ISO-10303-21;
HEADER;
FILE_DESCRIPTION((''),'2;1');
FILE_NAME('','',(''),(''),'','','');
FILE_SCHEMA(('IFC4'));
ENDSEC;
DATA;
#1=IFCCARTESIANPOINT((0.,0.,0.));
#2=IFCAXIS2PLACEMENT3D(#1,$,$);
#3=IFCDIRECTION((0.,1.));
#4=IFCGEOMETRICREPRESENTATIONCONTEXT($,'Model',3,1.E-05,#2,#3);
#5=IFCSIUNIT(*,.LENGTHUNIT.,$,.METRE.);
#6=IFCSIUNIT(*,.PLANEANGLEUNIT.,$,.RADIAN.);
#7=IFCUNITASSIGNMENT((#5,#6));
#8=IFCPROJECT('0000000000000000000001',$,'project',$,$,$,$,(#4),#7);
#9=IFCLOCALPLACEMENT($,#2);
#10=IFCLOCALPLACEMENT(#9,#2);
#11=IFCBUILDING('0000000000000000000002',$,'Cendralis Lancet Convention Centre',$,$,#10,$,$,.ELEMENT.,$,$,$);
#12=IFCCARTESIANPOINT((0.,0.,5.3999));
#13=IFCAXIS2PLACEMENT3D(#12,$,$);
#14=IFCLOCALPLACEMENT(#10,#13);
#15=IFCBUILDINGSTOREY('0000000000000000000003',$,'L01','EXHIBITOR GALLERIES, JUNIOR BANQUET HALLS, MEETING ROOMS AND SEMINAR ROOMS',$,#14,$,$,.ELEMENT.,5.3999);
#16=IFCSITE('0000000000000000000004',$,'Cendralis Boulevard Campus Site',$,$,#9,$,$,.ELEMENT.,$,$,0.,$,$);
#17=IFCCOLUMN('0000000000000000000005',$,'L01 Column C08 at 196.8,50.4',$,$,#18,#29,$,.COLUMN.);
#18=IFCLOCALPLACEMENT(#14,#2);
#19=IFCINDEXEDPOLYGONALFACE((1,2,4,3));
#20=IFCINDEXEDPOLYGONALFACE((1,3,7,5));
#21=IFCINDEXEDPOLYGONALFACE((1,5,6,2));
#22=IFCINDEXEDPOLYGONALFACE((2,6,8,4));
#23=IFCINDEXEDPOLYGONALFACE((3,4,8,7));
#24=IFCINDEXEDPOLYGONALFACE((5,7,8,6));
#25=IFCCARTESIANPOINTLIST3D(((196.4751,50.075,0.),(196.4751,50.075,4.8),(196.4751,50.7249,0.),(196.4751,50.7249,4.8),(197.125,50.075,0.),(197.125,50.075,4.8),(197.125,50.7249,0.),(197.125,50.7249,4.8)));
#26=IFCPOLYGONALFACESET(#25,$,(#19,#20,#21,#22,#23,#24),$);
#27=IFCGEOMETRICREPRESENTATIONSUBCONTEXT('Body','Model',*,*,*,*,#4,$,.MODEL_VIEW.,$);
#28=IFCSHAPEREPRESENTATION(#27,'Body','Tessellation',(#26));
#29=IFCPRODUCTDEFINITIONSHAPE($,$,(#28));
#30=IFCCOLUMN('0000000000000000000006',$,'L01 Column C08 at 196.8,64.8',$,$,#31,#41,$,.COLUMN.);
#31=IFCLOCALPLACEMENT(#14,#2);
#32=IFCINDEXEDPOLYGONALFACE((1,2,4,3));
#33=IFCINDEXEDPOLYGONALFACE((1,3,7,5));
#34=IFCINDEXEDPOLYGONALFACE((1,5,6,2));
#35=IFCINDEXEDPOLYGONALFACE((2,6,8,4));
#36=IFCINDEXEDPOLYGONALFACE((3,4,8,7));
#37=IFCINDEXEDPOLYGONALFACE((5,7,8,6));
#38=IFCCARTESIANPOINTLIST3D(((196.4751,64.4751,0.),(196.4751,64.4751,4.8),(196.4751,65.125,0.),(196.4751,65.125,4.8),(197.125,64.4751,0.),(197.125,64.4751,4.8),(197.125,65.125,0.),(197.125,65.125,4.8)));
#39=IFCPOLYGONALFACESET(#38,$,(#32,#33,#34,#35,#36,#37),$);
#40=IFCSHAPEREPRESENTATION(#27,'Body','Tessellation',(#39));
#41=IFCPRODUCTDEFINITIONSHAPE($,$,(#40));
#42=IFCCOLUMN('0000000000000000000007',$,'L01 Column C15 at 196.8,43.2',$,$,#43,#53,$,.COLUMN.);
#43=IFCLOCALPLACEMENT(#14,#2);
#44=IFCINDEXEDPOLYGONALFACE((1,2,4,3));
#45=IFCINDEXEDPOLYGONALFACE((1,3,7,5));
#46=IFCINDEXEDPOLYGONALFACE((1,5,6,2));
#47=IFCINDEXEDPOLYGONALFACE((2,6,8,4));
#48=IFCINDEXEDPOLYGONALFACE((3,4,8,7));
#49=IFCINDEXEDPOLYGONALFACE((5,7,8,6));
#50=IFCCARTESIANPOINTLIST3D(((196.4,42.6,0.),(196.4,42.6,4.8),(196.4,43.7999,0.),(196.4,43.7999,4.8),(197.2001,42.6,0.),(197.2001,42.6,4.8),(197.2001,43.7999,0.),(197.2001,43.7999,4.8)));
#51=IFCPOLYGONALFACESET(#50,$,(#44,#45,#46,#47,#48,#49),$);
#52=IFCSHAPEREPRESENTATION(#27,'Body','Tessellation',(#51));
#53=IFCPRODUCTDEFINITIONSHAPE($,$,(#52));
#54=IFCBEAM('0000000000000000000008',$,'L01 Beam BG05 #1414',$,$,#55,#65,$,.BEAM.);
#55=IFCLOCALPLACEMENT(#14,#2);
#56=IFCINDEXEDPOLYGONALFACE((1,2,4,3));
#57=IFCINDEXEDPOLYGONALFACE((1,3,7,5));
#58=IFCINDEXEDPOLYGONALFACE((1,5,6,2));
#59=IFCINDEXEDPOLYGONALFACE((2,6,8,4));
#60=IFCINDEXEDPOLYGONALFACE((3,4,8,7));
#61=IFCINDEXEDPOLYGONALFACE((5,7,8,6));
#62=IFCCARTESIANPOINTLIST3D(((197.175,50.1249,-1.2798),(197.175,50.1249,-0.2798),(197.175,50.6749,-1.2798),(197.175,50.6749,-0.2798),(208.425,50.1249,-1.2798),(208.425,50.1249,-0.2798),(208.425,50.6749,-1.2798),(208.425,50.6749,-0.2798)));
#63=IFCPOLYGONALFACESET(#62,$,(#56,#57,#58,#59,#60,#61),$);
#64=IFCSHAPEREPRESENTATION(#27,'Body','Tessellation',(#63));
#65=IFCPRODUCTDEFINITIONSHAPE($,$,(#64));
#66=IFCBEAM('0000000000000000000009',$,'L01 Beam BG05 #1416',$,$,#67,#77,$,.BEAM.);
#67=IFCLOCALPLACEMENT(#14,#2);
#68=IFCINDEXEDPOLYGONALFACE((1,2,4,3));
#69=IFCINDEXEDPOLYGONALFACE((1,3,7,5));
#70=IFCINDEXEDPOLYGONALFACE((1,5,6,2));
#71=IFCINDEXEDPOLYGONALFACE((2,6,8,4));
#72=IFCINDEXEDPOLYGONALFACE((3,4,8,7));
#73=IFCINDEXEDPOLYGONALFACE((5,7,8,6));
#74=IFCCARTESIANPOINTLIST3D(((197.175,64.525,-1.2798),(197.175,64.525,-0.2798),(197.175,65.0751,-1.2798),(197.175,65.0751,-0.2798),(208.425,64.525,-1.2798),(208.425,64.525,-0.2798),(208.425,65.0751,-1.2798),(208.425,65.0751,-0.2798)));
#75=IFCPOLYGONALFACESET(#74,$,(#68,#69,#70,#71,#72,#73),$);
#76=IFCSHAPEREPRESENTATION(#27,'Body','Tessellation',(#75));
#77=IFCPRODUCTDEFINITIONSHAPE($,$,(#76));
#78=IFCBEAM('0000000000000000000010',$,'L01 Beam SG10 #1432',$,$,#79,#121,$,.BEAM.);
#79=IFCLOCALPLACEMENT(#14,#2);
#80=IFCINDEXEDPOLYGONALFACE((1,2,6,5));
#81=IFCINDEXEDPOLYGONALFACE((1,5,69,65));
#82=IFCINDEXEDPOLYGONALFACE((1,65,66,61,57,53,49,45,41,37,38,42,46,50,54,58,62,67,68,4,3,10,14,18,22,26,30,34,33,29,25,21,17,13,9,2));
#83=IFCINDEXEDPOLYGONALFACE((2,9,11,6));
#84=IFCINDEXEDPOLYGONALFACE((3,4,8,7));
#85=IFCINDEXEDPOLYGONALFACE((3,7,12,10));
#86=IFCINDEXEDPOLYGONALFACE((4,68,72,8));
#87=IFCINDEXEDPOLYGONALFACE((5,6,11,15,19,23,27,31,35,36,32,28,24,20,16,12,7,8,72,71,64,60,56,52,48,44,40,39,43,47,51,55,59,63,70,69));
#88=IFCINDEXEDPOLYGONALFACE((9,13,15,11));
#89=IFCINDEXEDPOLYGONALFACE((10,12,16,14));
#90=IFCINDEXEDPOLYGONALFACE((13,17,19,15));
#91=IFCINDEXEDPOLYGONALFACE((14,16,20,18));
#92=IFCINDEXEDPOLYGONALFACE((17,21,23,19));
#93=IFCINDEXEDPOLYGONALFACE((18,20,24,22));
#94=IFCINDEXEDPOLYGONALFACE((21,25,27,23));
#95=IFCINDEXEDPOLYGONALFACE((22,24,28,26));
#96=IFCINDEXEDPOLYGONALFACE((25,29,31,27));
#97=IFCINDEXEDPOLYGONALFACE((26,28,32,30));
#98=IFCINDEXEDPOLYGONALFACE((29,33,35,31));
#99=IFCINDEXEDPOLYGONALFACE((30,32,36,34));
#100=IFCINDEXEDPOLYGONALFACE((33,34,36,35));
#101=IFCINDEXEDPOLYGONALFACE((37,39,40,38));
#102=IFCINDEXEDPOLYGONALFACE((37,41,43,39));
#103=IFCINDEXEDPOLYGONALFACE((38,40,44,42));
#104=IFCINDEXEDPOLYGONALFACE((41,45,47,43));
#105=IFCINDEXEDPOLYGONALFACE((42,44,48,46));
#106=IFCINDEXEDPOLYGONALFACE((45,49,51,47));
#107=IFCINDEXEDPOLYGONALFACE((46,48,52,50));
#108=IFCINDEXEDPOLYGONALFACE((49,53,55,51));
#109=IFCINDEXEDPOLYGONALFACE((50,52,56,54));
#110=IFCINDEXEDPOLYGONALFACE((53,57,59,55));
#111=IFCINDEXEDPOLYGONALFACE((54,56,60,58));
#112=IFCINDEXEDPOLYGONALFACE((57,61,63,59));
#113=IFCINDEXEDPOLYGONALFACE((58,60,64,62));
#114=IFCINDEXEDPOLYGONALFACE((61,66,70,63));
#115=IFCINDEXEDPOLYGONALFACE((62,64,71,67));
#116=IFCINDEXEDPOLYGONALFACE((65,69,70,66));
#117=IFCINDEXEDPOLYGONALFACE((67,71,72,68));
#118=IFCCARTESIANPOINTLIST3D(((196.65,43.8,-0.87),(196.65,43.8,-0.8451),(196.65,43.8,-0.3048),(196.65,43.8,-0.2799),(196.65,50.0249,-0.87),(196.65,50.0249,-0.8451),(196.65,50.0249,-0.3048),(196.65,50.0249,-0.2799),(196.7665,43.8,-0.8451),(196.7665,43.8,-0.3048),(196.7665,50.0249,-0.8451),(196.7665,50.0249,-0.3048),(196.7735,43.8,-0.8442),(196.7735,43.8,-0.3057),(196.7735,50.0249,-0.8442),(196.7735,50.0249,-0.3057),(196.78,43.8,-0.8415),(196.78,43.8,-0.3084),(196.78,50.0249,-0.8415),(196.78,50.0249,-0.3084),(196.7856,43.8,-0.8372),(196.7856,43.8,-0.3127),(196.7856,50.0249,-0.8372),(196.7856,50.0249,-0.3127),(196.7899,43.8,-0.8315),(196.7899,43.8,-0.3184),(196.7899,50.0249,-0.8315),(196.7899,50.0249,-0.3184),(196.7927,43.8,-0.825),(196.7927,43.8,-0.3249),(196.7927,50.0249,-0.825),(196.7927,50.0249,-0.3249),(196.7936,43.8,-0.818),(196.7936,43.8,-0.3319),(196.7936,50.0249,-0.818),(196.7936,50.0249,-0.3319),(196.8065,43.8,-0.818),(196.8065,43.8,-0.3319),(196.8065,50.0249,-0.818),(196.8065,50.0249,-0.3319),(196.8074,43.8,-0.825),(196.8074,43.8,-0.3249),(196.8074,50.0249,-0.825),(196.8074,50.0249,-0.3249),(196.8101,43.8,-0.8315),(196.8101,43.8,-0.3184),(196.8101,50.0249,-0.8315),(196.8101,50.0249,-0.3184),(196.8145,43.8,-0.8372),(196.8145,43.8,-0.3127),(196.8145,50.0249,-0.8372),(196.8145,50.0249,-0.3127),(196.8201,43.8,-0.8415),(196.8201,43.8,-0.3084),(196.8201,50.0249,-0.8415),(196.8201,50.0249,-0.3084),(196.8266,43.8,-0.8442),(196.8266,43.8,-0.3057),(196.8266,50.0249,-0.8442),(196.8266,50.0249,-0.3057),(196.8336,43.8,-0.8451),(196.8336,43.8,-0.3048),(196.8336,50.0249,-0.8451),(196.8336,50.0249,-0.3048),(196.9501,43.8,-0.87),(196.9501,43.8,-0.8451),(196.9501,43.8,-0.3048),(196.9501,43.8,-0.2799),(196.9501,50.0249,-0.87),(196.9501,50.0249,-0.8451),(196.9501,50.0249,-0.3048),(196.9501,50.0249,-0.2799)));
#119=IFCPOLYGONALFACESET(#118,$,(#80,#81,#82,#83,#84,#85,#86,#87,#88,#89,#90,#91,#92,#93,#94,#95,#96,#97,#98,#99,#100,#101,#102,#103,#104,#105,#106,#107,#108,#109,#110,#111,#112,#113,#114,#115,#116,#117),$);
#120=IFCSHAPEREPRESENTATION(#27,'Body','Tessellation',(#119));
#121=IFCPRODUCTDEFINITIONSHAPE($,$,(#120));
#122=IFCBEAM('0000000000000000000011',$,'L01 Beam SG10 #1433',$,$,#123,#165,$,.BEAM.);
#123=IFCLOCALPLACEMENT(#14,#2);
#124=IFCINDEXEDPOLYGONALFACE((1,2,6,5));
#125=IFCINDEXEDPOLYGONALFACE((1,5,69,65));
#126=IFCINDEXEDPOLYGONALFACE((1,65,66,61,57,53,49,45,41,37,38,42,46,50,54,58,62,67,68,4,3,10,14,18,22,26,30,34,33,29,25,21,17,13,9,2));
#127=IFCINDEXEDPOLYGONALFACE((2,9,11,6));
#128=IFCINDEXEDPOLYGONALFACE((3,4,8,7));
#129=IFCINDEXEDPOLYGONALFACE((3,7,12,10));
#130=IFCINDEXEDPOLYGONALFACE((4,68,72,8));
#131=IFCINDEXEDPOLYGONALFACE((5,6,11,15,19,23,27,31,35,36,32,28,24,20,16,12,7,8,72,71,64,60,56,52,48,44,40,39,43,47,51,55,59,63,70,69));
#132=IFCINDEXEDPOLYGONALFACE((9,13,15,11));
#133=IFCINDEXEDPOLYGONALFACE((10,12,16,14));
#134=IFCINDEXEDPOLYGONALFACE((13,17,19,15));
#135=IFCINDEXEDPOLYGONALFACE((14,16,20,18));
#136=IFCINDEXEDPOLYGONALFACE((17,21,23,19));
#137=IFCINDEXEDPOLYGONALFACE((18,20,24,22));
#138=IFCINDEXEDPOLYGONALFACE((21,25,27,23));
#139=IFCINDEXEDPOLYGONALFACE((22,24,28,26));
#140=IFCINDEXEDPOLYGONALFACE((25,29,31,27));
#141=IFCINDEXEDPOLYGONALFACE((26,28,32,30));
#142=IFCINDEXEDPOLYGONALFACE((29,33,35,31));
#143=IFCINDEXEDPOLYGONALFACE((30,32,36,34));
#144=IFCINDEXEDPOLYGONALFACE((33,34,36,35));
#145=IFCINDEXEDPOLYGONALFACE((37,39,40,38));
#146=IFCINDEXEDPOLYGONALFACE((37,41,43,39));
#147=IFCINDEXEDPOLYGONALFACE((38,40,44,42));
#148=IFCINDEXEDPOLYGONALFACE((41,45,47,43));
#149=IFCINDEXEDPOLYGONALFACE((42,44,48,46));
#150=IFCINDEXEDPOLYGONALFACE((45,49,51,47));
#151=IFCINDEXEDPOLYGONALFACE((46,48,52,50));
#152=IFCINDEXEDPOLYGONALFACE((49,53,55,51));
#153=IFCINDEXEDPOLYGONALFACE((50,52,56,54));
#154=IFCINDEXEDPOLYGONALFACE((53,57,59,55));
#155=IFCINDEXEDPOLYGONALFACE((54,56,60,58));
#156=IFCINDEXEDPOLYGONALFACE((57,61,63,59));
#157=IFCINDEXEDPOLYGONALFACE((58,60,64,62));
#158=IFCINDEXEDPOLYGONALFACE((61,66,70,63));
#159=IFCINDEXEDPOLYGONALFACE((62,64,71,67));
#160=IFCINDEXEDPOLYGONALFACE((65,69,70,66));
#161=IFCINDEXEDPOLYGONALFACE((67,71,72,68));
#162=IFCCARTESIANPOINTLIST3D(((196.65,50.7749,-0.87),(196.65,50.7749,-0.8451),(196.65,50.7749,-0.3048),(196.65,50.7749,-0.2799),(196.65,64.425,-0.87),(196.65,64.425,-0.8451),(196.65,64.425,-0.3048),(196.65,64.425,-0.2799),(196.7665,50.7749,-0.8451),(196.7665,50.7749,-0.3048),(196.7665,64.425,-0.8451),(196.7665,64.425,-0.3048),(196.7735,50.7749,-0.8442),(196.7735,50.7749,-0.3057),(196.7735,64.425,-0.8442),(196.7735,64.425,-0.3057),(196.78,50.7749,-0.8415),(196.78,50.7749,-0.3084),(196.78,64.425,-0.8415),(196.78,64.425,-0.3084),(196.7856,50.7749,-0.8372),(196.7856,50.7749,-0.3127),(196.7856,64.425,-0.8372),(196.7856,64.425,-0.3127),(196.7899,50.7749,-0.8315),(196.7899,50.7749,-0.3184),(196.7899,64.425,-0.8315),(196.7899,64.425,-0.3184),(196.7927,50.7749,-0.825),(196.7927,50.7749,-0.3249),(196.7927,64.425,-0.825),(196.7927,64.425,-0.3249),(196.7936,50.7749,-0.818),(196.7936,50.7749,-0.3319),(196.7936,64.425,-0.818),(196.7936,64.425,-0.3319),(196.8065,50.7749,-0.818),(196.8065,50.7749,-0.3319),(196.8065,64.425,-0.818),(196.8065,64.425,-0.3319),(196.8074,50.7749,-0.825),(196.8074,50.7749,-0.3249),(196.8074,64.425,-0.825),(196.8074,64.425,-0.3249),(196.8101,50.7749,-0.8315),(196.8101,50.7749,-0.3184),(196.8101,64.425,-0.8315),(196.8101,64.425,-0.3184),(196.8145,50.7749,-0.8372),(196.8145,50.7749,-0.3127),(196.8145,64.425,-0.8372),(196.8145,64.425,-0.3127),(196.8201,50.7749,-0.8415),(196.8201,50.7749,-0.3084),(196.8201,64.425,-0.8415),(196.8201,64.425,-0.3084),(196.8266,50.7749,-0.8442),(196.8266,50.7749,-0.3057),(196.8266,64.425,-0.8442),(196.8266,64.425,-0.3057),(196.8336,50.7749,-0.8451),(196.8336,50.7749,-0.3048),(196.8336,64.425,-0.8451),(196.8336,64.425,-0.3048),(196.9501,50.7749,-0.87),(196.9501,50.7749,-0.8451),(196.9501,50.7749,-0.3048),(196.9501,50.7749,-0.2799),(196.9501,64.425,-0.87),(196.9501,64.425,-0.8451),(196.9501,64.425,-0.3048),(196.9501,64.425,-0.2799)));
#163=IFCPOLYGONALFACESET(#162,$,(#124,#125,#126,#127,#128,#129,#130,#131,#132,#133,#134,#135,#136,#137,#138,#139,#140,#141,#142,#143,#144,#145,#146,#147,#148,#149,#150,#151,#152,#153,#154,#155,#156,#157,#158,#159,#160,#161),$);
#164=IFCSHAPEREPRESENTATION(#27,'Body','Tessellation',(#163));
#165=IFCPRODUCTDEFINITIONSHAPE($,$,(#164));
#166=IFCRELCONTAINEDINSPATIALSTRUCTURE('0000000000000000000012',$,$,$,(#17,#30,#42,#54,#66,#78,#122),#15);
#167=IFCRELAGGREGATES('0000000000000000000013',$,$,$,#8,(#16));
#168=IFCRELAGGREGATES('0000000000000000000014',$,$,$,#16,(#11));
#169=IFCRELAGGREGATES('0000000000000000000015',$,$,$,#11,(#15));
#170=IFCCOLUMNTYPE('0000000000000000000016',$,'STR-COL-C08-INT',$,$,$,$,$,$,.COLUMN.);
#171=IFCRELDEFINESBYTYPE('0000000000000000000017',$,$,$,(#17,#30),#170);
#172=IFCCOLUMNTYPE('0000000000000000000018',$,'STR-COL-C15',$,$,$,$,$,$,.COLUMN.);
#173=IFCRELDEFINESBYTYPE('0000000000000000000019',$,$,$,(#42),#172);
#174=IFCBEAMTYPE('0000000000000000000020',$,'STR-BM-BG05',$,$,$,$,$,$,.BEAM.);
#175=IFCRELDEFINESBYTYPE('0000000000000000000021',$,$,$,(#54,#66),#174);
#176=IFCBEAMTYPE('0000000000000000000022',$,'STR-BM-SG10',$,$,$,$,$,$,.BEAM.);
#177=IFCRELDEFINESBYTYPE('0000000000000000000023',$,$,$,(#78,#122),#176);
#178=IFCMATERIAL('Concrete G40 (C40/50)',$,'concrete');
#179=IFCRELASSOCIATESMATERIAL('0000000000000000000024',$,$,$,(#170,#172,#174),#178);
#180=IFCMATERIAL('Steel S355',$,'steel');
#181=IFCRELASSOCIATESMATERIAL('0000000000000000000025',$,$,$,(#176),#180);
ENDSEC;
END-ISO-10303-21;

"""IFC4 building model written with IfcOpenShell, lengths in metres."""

from ifc_helpers import new_model, si_unit, direction, frame, origin, origin_2d, place, context, subcontext, project, spatial, rectangle, i_section, extrude, material, material_profile, profile_set, type_object, element, save


model = new_model("IFC4")

# Units and contexts
model_context = context("Model", 3, precision=1e-05, world=origin(), true_north=direction((0.0, 1.0)))
body_context = subcontext(model_context, "Body", "Model", "MODEL_VIEW")
ifc_project = project(units=[si_unit("LENGTHUNIT", "METRE"), si_unit("PLANEANGLEUNIT", "RADIAN")], contexts=[model_context])

# Site, building, storey
site_placement = place(None, origin())
site = spatial("IfcSite", under=ifc_project, at=site_placement, Name="Cendralis Boulevard Campus Site", CompositionType="ELEMENT", RefElevation=0.0)
building_placement = place(site_placement, origin())
building = spatial("IfcBuilding", under=site, at=building_placement, Name="Cendralis Lancet Convention Centre", CompositionType="ELEMENT")
storey_placement = place(building_placement, frame((0.0, 0.0, 5.3999)))
storey = spatial("IfcBuildingStorey", under=building, at=storey_placement, Name="L01", Description="EXHIBITOR GALLERIES, JUNIOR BANQUET HALLS, MEETING ROOMS AND SEMINAR ROOMS", CompositionType="ELEMENT", Elevation=5.3999)

# Columns
ifc_material_1 = material(Name="Concrete G40 (C40/50)", Category="concrete")
ifc_material_profile_1 = material_profile(ifc_material_1, rectangle(XDim=0.6499, YDim=0.6499, at=origin_2d()), Name="RC 650x650")
ifc_profile_set_1 = profile_set([ifc_material_profile_1], Name="Concrete G40 (C40/50)")
column_type_1 = type_object("IfcColumnType", Name="STR-COL-C08-INT", PredefinedType="COLUMN", material=ifc_profile_set_1)
for number, where, z_axis, x_axis, name in (
    (1, (196.8, 50.3999, 0.0), (0.0, 0.0, 1.0), (1.0, 0.0, 0.0), "L01 Column C08 at 196.8,50.4"),
    (2, (196.8, 64.8, 0.0), (0.0, 0.0, 1.0), (1.0, 0.0, 0.0), "L01 Column C08 at 196.8,64.8"),
):
    element("IfcColumn", number, at=place(storey_placement, frame(where, z_axis=z_axis, x_axis=x_axis)), inside=storey, type_object=column_type_1, Name=name, PredefinedType="COLUMN", context=body_context, shape_type="SweptSolid", body=[
        extrude(rectangle(XDim=0.6499, YDim=0.6499, at=origin_2d()), origin(), (0.0, 0.0, 1.0), 4.8),
    ])
ifc_material_profile_2 = material_profile(ifc_material_1, rectangle(XDim=0.8, YDim=1.2, at=origin_2d()), Name="RC 800x1200")
ifc_profile_set_2 = profile_set([ifc_material_profile_2], Name="Concrete G40 (C40/50)")
column_type_2 = type_object("IfcColumnType", Name="STR-COL-C15", PredefinedType="COLUMN", material=ifc_profile_set_2)
column_placement = place(storey_placement, frame((196.8, 43.2, 0.0), z_axis=(0.0, 0.0, 1.0), x_axis=(1.0, 0.0, 0.0)))
element("IfcColumn", 3, at=column_placement, inside=storey, type_object=column_type_2, Name="L01 Column C15 at 196.8,43.2", PredefinedType="COLUMN", context=body_context, shape_type="SweptSolid", body=[
    extrude(rectangle(XDim=0.8, YDim=1.2, at=origin_2d()), origin(), (0.0, 0.0, 1.0), 4.8),
])

# Beams
ifc_material_profile_3 = material_profile(ifc_material_1, rectangle(XDim=0.55, YDim=1.0, at=origin_2d()), Name="RCB 550x1000")
ifc_profile_set_3 = profile_set([ifc_material_profile_3], Name="Concrete G40 (C40/50)")
beam_type_1 = type_object("IfcBeamType", Name="STR-BM-BG05", PredefinedType="BEAM", material=ifc_profile_set_3)
for number, where, z_axis, x_axis, name in (
    (4, (197.175, 50.3999, -0.7798), (1.0, 0.0, 0.0), (0.0, 1.0, 0.0), "L01 Beam BG05 #1414"),
    (5, (197.175, 64.8, -0.7798), (1.0, 0.0, 0.0), (0.0, 1.0, 0.0), "L01 Beam BG05 #1416"),
):
    element("IfcBeam", number, at=place(storey_placement, frame(where, z_axis=z_axis, x_axis=x_axis)), inside=storey, type_object=beam_type_1, Name=name, PredefinedType="BEAM", context=body_context, shape_type="SweptSolid", body=[
        extrude(rectangle(XDim=0.55, YDim=1.0, at=origin_2d()), origin(), (0.0, 0.0, 1.0), 11.25),
    ])
ifc_material_2 = material(Name="Steel S355", Category="steel")
ifc_material_profile_4 = material_profile(ifc_material_2, i_section(OverallWidth=0.3, OverallDepth=0.5901, WebThickness=0.0129, FlangeThickness=0.0249, FilletRadius=0.0271, at=origin_2d()), Name="HEA 600")
ifc_profile_set_4 = profile_set([ifc_material_profile_4], Name="Steel S355")
beam_type_2 = type_object("IfcBeamType", Name="STR-BM-SG10", PredefinedType="BEAM", material=ifc_profile_set_4)
beam_1_placement = place(storey_placement, frame((196.8, 43.8, -0.575), z_axis=(0.0, 1.0, 0.0), x_axis=(-1.0, 0.0, 0.0)))
element("IfcBeam", 6, at=beam_1_placement, inside=storey, type_object=beam_type_2, Name="L01 Beam SG10 #1432", PredefinedType="BEAM", context=body_context, shape_type="SweptSolid", body=[
    extrude(i_section(OverallWidth=0.3, OverallDepth=0.5901, WebThickness=0.0129, FlangeThickness=0.0249, FilletRadius=0.0271, at=origin_2d()), origin(), (0.0, 0.0, 1.0), 6.2249),
])
beam_2_placement = place(storey_placement, frame((196.8, 50.7749, -0.575), z_axis=(0.0, 1.0, 0.0), x_axis=(-1.0, 0.0, 0.0)))
element("IfcBeam", 7, at=beam_2_placement, inside=storey, type_object=beam_type_2, Name="L01 Beam SG10 #1433", PredefinedType="BEAM", context=body_context, shape_type="SweptSolid", body=[
    extrude(i_section(OverallWidth=0.3, OverallDepth=0.5901, WebThickness=0.0129, FlangeThickness=0.0249, FilletRadius=0.0271, at=origin_2d()), origin(), (0.0, 0.0, 1.0), 13.6501),
])

save(model, "model.ifc")
